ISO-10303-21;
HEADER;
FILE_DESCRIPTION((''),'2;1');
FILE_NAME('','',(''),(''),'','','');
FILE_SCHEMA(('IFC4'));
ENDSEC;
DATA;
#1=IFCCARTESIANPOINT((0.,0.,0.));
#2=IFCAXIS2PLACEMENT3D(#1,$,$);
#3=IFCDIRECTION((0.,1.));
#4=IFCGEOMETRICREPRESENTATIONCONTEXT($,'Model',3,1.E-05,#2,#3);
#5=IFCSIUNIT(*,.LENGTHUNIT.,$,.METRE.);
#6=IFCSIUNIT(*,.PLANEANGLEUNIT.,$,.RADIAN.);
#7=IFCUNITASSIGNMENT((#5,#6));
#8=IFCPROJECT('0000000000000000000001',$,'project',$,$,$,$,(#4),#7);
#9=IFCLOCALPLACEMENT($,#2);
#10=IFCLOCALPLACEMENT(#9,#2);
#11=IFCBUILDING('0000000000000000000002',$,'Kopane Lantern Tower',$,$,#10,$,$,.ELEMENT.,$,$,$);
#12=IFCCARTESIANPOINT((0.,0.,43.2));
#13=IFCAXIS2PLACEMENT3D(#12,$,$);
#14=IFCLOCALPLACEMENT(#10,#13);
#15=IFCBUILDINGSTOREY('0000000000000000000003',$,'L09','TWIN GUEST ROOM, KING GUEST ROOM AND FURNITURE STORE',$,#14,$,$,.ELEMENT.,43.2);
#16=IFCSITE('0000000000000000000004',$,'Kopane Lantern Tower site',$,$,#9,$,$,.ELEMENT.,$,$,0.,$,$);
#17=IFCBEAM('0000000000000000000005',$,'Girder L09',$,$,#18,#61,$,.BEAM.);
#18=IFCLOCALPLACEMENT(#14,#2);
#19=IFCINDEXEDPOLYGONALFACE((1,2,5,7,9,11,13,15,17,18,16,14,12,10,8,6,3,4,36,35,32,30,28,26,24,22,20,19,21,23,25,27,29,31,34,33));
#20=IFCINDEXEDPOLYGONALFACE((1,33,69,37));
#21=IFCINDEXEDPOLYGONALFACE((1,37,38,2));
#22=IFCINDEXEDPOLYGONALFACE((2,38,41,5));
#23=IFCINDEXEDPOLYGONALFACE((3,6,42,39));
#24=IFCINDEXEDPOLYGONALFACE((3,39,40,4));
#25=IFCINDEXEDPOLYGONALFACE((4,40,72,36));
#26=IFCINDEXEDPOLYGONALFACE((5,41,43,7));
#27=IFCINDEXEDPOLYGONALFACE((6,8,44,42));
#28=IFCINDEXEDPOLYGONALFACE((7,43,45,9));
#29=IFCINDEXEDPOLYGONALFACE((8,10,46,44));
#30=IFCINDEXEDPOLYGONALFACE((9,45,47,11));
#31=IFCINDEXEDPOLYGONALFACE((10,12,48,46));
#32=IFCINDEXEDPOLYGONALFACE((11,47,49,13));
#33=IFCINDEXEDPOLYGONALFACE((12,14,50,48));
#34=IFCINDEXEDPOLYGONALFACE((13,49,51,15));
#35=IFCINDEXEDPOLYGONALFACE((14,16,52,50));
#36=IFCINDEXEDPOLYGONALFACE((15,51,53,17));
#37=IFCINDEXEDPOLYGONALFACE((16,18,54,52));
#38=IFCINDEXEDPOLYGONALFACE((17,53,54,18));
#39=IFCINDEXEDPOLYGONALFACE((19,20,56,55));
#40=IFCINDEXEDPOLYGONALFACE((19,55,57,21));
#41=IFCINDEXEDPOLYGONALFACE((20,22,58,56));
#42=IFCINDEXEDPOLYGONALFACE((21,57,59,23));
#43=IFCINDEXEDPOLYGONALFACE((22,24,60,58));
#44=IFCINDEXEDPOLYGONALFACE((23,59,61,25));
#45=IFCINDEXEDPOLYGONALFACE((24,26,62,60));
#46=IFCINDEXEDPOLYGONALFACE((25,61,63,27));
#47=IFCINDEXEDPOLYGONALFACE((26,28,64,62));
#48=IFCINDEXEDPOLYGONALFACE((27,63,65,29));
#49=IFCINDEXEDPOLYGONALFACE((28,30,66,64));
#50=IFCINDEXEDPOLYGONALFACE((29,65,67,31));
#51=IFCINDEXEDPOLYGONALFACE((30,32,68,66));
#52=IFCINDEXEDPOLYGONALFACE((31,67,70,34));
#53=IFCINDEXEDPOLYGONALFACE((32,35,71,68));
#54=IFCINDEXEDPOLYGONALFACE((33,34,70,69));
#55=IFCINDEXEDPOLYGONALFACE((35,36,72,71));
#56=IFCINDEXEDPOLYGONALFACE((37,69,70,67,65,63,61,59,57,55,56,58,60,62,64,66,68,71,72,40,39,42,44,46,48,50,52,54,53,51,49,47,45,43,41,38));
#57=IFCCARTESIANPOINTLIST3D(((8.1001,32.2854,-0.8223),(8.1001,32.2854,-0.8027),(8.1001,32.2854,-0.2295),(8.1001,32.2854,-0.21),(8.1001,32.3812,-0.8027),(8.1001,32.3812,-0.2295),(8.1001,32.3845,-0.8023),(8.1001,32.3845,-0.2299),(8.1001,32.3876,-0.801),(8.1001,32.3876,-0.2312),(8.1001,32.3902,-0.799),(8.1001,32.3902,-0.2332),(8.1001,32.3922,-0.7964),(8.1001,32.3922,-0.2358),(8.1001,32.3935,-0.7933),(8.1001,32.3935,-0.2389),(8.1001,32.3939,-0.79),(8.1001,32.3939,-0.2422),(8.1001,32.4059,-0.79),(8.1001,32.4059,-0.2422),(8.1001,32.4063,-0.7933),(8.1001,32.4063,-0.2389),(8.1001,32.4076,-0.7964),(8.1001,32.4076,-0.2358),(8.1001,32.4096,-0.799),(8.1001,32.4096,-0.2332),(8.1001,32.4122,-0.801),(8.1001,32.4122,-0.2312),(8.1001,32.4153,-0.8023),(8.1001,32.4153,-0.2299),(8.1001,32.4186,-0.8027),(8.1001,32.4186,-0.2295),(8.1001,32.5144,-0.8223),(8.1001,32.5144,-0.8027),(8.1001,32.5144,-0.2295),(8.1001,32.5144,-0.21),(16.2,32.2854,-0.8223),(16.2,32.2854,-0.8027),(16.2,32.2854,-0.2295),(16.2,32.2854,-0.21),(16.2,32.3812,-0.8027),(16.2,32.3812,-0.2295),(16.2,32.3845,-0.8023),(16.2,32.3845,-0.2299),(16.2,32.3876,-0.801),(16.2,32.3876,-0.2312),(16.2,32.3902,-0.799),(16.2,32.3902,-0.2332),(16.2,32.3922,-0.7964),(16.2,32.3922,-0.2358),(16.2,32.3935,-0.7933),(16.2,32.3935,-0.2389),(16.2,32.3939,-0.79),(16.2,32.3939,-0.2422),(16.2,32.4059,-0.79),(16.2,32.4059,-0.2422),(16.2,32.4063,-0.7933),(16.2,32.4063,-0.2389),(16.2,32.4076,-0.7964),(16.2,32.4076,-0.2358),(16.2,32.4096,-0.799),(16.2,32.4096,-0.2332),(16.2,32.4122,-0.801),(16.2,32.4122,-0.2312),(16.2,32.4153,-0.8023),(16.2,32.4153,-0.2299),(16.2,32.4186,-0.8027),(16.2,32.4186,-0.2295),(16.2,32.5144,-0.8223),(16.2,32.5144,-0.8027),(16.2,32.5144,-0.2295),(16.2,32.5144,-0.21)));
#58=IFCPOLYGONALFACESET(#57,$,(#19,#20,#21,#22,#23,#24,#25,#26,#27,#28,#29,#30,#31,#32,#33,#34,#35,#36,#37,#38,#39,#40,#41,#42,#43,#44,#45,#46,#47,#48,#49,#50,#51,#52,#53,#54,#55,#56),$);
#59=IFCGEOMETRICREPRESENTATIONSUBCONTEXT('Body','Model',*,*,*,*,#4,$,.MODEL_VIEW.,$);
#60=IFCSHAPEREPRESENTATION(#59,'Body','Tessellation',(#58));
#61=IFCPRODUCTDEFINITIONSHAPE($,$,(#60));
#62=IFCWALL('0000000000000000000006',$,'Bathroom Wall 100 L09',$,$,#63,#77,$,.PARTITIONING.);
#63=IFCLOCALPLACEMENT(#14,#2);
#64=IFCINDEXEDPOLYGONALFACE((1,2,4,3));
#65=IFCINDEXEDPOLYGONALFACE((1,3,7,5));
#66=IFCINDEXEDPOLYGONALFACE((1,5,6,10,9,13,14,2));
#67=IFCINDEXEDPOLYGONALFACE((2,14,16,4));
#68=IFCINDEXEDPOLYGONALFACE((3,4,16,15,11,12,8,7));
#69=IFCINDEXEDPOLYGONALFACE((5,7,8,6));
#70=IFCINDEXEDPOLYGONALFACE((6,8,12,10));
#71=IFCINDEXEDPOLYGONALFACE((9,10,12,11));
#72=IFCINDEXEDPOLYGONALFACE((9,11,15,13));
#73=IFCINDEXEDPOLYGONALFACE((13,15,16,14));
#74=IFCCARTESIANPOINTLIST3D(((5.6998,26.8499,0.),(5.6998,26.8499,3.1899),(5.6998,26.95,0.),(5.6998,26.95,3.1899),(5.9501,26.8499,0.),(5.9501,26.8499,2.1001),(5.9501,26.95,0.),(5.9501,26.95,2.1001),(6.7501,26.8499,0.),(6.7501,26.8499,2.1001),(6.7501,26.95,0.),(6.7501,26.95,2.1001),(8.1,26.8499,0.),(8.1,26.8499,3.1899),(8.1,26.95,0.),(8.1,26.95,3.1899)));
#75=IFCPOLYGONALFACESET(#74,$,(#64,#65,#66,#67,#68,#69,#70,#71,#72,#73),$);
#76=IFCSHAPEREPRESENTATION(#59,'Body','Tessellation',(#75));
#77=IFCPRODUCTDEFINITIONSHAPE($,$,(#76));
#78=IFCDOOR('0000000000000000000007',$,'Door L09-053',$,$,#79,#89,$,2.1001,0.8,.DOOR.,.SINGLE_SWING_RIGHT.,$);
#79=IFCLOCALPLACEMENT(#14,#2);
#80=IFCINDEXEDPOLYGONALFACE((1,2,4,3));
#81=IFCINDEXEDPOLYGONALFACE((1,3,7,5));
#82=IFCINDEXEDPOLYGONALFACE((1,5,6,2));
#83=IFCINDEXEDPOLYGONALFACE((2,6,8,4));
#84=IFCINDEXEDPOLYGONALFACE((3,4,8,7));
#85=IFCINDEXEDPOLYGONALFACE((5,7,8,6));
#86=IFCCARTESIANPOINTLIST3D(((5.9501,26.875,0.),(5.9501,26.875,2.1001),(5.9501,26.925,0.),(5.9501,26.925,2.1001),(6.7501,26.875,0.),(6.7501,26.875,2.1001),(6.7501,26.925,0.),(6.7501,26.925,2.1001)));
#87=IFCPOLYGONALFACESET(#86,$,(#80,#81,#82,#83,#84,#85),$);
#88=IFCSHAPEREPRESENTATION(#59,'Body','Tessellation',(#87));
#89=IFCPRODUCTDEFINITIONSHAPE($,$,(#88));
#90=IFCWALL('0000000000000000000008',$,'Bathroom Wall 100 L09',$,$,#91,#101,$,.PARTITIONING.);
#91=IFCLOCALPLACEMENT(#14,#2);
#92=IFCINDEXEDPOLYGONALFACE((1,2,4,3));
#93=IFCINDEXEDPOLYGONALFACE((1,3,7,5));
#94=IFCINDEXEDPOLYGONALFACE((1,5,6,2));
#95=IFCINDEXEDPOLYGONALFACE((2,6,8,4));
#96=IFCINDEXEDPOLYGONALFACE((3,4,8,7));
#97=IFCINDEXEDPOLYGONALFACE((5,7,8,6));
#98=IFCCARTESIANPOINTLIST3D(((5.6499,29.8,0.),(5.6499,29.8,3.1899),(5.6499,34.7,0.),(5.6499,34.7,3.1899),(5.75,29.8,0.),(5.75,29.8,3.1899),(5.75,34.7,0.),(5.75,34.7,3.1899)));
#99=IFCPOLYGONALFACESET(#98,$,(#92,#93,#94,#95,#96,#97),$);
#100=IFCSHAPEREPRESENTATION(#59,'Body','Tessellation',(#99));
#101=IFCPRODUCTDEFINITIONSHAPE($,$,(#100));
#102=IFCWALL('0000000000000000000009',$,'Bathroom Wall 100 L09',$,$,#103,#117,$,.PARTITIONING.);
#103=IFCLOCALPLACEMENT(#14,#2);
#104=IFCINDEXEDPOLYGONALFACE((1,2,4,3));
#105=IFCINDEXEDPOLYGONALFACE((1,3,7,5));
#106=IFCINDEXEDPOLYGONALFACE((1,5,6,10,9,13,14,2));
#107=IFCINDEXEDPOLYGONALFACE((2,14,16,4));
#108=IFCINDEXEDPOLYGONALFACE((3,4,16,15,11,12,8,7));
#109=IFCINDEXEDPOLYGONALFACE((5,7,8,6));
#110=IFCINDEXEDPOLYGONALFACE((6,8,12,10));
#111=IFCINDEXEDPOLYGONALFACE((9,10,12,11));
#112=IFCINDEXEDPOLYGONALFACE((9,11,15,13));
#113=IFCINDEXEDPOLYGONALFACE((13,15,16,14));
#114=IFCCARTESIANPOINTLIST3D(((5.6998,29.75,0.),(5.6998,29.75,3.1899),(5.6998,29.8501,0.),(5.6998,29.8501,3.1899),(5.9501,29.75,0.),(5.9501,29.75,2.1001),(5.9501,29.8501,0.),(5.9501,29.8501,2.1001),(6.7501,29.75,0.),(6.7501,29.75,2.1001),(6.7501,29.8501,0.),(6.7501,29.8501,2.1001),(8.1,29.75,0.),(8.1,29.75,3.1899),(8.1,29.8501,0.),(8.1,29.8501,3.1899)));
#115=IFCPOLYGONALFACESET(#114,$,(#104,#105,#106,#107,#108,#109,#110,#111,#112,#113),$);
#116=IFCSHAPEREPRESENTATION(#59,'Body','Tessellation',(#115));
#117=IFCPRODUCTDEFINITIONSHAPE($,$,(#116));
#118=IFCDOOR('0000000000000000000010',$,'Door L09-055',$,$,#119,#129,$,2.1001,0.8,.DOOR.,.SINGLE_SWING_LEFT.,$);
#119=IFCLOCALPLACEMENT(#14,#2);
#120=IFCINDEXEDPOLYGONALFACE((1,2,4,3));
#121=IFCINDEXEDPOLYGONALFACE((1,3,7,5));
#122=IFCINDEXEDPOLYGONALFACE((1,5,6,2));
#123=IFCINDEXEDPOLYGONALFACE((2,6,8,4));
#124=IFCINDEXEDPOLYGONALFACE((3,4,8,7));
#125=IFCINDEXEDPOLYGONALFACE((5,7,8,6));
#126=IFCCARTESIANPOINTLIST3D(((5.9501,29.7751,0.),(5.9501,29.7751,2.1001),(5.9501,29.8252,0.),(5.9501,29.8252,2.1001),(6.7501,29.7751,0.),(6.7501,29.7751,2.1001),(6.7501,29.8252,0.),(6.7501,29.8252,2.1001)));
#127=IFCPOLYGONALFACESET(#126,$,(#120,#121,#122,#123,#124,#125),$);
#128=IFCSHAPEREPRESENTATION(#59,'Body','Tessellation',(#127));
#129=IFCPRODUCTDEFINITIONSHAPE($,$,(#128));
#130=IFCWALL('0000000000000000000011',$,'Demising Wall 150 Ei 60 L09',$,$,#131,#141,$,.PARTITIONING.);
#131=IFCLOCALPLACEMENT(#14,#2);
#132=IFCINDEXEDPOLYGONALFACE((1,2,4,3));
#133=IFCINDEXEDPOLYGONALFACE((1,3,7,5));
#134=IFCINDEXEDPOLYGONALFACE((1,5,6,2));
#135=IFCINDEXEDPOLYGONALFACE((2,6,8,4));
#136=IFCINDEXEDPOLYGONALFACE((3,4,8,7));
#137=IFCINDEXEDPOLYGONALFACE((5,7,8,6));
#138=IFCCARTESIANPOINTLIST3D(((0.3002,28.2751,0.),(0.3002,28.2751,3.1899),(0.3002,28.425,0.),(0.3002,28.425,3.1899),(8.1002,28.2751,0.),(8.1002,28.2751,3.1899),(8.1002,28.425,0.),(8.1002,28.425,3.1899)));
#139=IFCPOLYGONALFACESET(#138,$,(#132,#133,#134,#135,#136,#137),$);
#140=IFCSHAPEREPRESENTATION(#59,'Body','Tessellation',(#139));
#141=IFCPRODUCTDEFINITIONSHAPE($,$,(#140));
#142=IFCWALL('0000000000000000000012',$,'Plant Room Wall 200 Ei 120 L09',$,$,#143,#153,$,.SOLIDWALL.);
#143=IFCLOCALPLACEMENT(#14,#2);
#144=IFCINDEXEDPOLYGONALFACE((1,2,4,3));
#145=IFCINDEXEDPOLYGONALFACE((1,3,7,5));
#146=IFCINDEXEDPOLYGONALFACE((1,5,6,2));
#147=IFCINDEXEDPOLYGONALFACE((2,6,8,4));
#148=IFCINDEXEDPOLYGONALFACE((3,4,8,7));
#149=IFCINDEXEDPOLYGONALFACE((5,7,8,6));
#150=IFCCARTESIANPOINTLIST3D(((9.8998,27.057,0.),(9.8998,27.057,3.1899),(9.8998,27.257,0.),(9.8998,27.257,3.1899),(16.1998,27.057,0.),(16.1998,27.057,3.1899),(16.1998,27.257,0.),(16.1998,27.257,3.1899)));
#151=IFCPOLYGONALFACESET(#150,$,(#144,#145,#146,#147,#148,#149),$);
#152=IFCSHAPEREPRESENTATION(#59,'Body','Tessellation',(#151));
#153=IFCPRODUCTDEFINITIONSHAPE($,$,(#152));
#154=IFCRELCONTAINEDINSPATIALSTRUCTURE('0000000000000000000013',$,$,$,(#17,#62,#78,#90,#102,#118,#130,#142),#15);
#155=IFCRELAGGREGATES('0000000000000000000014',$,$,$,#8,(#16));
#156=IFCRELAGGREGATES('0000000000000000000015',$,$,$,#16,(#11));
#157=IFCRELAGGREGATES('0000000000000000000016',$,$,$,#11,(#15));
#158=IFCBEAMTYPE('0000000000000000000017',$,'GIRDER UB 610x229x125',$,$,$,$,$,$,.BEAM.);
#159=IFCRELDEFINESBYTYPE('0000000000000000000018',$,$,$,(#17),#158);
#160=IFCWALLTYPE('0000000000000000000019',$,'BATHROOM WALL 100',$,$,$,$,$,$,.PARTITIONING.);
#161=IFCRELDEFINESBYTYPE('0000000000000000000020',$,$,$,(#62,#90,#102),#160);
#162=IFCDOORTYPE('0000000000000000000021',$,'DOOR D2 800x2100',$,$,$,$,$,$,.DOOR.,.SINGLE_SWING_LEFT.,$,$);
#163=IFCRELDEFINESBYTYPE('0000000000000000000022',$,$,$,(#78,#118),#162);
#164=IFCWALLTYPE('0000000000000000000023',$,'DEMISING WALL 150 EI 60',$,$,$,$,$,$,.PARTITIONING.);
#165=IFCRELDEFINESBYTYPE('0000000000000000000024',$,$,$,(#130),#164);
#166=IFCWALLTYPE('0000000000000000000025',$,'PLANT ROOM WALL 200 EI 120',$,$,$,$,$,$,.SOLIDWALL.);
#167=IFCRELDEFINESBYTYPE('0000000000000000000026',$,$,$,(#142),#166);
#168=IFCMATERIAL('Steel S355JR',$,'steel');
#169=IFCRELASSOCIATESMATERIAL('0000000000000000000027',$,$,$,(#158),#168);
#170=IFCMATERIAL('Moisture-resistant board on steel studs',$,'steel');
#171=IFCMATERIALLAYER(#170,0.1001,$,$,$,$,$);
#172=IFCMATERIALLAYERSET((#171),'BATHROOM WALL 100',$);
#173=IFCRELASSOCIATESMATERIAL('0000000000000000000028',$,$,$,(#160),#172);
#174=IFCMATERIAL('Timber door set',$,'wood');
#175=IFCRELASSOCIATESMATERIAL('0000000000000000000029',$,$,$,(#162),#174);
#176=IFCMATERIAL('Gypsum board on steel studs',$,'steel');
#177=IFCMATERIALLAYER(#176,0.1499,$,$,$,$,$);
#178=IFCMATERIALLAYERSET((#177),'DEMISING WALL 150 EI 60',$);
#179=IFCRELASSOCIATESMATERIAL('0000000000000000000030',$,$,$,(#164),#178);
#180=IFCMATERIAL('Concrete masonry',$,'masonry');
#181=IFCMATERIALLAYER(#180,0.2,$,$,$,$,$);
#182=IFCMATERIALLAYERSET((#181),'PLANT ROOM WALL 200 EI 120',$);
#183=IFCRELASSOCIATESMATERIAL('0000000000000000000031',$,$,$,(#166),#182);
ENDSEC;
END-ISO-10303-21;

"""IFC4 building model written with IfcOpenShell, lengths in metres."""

from ifc_helpers import new_model, si_unit, direction, frame, frame_2d, origin, origin_2d, place, context, subcontext, project, spatial, rectangle, i_section, extrude, material, layer, layer_set, material_profile, profile_set, type_object, element, fill, save


model = new_model("IFC4")

# Units and contexts
model_context = context("Model", 3, precision=1e-05, world=origin(), true_north=direction((0.0, 1.0)))
body_context = subcontext(model_context, "Body", "Model", "MODEL_VIEW")
ifc_project = project(units=[si_unit("LENGTHUNIT", "METRE"), si_unit("PLANEANGLEUNIT", "RADIAN")], contexts=[model_context])

# Site, building, storey
site_placement = place(None, origin())
site = spatial("IfcSite", under=ifc_project, at=site_placement, Name="Kopane Lantern Tower site", CompositionType="ELEMENT", RefElevation=0.0)
building_placement = place(site_placement, origin())
building = spatial("IfcBuilding", under=site, at=building_placement, Name="Kopane Lantern Tower", CompositionType="ELEMENT")
storey_placement = place(building_placement, frame((0.0, 0.0, 43.2)))
storey = spatial("IfcBuildingStorey", under=building, at=storey_placement, Name="L09", Description="TWIN GUEST ROOM, KING GUEST ROOM AND FURNITURE STORE", CompositionType="ELEMENT", Elevation=43.2)

# Beam
ifc_material_1 = material(Name="Steel S355JR", Category="steel")
ifc_material_profile_1 = material_profile(ifc_material_1, i_section(OverallWidth=0.229, OverallDepth=0.6123, WebThickness=0.012, FlangeThickness=0.0195, FilletRadius=0.0127, at=origin_2d()), Name="UB 610x229x125")
ifc_profile_set_1 = profile_set([ifc_material_profile_1], Name="Steel S355JR")
beam_type = type_object("IfcBeamType", Name="GIRDER UB 610x229x125", PredefinedType="BEAM", material=ifc_profile_set_1)
beam_placement = place(storey_placement, frame((8.1001, 32.3999, -0.5161), z_axis=(1.0, 0.0, 0.0), x_axis=(0.0, 1.0, 0.0)))
element("IfcBeam", 1, at=beam_placement, inside=storey, type_object=beam_type, Name="Girder L09", PredefinedType="BEAM", context=body_context, shape_type="SweptSolid", body=[
    extrude(i_section(OverallWidth=0.229, OverallDepth=0.6123, WebThickness=0.012, FlangeThickness=0.0195, FilletRadius=0.0127, at=origin_2d()), origin(), (0.0, 0.0, 1.0), 8.0999),
])

# Wall, opening, door
ifc_material_2 = material(Name="Moisture-resistant board on steel studs", Category="steel")
ifc_layer_1 = layer(ifc_material_2, 0.1001)
ifc_layer_set_1 = layer_set([ifc_layer_1], Name="BATHROOM WALL 100")
wall_type_1 = type_object("IfcWallType", Name="BATHROOM WALL 100", PredefinedType="PARTITIONING", material=ifc_layer_set_1)
wall_1_placement = place(storey_placement, frame((8.1001, 26.8999, 0.0), z_axis=(0.0, 0.0, 1.0), x_axis=(-1.0, 0.0, 0.0)))
wall_1 = element("IfcWall", 2, at=wall_1_placement, inside=storey, type_object=wall_type_1, Name="Bathroom Wall 100 L09", PredefinedType="PARTITIONING", context=body_context, shape_type="SweptSolid", body=[
    extrude(rectangle(XDim=2.4001, YDim=0.1001, at=frame_2d((1.2002, 0.0))), origin(), (0.0, 0.0, 1.0), 3.1899),
])
opening_1_placement = place(wall_1_placement, frame((1.3501, 0.0, 0.0)))
opening_1 = element("IfcOpeningElement", 3, at=opening_1_placement, cuts=wall_1, PredefinedType="OPENING", context=body_context, shape_type="SweptSolid", body=[
    extrude(rectangle(XDim=0.8, YDim=2.1001, at=frame_2d((0.3999, 1.05))), frame((0.0, 0.0601, 0.0), z_axis=(0.0, -1.0, 0.0), x_axis=(1.0, 0.0, 0.0)), (0.0, 0.0, 1.0), 0.1201),
])
ifc_material_3 = material(Name="Timber door set", Category="wood")
door_type = type_object("IfcDoorType", Name="DOOR D2 800x2100", OperationType="SINGLE_SWING_LEFT", PredefinedType="DOOR", material=ifc_material_3)
door_1_placement = place(opening_1_placement, origin())
door_1 = element("IfcDoor", 4, at=door_1_placement, inside=storey, type_object=door_type, Name="Door L09-053", OperationType="SINGLE_SWING_RIGHT", OverallHeight=2.1001, OverallWidth=0.8, PredefinedType="DOOR", context=body_context, shape_type="SweptSolid", body=[
    extrude(rectangle(XDim=0.8, YDim=2.1001, at=frame_2d((0.3999, 1.05))), frame((0.0, 0.0249, 0.0), z_axis=(0.0, -1.0, 0.0), x_axis=(1.0, 0.0, 0.0)), (0.0, 0.0, 1.0), 0.05),
])
fill(opening_1, door_1)

# Wall
wall_2_placement = place(storey_placement, frame((5.7, 29.8, 0.0), z_axis=(0.0, 0.0, 1.0), x_axis=(0.0, 1.0, 0.0)))
element("IfcWall", 5, at=wall_2_placement, inside=storey, type_object=wall_type_1, Name="Bathroom Wall 100 L09", PredefinedType="PARTITIONING", context=body_context, shape_type="SweptSolid", body=[
    extrude(rectangle(XDim=4.8999, YDim=0.1001, at=frame_2d((2.45, 0.0))), origin(), (0.0, 0.0, 1.0), 3.1899),
])

# Wall, opening, door
wall_3_placement = place(storey_placement, frame((8.1001, 29.8, 0.0), z_axis=(0.0, 0.0, 1.0), x_axis=(-1.0, 0.0, 0.0)))
wall_3 = element("IfcWall", 6, at=wall_3_placement, inside=storey, type_object=wall_type_1, Name="Bathroom Wall 100 L09", PredefinedType="PARTITIONING", context=body_context, shape_type="SweptSolid", body=[
    extrude(rectangle(XDim=2.4001, YDim=0.1001, at=frame_2d((1.2002, 0.0))), origin(), (0.0, 0.0, 1.0), 3.1899),
])
opening_2_placement = place(wall_3_placement, frame((1.3501, 0.0, 0.0)))
opening_2 = element("IfcOpeningElement", 7, at=opening_2_placement, cuts=wall_3, PredefinedType="OPENING", context=body_context, shape_type="SweptSolid", body=[
    extrude(rectangle(XDim=0.8, YDim=2.1001, at=frame_2d((0.3999, 1.05))), frame((0.0, 0.0601, 0.0), z_axis=(0.0, -1.0, 0.0), x_axis=(1.0, 0.0, 0.0)), (0.0, 0.0, 1.0), 0.1201),
])
door_2_placement = place(opening_2_placement, origin())
door_2 = element("IfcDoor", 8, at=door_2_placement, inside=storey, type_object=door_type, Name="Door L09-055", OperationType="SINGLE_SWING_LEFT", OverallHeight=2.1001, OverallWidth=0.8, PredefinedType="DOOR", context=body_context, shape_type="SweptSolid", body=[
    extrude(rectangle(XDim=0.8, YDim=2.1001, at=frame_2d((0.3999, 1.05))), frame((0.0, 0.0249, 0.0), z_axis=(0.0, -1.0, 0.0), x_axis=(1.0, 0.0, 0.0)), (0.0, 0.0, 1.0), 0.05),
])
fill(opening_2, door_2)

# Walls
ifc_material_4 = material(Name="Gypsum board on steel studs", Category="steel")
ifc_layer_2 = layer(ifc_material_4, 0.1499)
ifc_layer_set_2 = layer_set([ifc_layer_2], Name="DEMISING WALL 150 EI 60")
wall_type_2 = type_object("IfcWallType", Name="DEMISING WALL 150 EI 60", PredefinedType="PARTITIONING", material=ifc_layer_set_2)
wall_4_placement = place(storey_placement, frame((8.1001, 28.3501, 0.0), z_axis=(0.0, 0.0, 1.0), x_axis=(-1.0, 0.0, 0.0)))
element("IfcWall", 9, at=wall_4_placement, inside=storey, type_object=wall_type_2, Name="Demising Wall 150 Ei 60 L09", PredefinedType="PARTITIONING", context=body_context, shape_type="SweptSolid", body=[
    extrude(rectangle(XDim=7.8, YDim=0.1499, at=frame_2d((3.8999, 0.0))), origin(), (0.0, 0.0, 1.0), 3.1899),
])
ifc_material_5 = material(Name="Concrete masonry", Category="masonry")
ifc_layer_3 = layer(ifc_material_5, 0.2)
ifc_layer_set_3 = layer_set([ifc_layer_3], Name="PLANT ROOM WALL 200 EI 120")
wall_type_3 = type_object("IfcWallType", Name="PLANT ROOM WALL 200 EI 120", PredefinedType="SOLIDWALL", material=ifc_layer_set_3)
wall_5_placement = place(storey_placement, frame((9.8999, 27.157, 0.0), z_axis=(0.0, 0.0, 1.0), x_axis=(1.0, 0.0, 0.0)))
element("IfcWall", 10, at=wall_5_placement, inside=storey, type_object=wall_type_3, Name="Plant Room Wall 200 Ei 120 L09", PredefinedType="SOLIDWALL", context=body_context, shape_type="SweptSolid", body=[
    extrude(rectangle(XDim=6.3, YDim=0.2, at=frame_2d((3.1499, 0.0))), origin(), (0.0, 0.0, 1.0), 3.1899),
])

save(model, "model.ifc")
